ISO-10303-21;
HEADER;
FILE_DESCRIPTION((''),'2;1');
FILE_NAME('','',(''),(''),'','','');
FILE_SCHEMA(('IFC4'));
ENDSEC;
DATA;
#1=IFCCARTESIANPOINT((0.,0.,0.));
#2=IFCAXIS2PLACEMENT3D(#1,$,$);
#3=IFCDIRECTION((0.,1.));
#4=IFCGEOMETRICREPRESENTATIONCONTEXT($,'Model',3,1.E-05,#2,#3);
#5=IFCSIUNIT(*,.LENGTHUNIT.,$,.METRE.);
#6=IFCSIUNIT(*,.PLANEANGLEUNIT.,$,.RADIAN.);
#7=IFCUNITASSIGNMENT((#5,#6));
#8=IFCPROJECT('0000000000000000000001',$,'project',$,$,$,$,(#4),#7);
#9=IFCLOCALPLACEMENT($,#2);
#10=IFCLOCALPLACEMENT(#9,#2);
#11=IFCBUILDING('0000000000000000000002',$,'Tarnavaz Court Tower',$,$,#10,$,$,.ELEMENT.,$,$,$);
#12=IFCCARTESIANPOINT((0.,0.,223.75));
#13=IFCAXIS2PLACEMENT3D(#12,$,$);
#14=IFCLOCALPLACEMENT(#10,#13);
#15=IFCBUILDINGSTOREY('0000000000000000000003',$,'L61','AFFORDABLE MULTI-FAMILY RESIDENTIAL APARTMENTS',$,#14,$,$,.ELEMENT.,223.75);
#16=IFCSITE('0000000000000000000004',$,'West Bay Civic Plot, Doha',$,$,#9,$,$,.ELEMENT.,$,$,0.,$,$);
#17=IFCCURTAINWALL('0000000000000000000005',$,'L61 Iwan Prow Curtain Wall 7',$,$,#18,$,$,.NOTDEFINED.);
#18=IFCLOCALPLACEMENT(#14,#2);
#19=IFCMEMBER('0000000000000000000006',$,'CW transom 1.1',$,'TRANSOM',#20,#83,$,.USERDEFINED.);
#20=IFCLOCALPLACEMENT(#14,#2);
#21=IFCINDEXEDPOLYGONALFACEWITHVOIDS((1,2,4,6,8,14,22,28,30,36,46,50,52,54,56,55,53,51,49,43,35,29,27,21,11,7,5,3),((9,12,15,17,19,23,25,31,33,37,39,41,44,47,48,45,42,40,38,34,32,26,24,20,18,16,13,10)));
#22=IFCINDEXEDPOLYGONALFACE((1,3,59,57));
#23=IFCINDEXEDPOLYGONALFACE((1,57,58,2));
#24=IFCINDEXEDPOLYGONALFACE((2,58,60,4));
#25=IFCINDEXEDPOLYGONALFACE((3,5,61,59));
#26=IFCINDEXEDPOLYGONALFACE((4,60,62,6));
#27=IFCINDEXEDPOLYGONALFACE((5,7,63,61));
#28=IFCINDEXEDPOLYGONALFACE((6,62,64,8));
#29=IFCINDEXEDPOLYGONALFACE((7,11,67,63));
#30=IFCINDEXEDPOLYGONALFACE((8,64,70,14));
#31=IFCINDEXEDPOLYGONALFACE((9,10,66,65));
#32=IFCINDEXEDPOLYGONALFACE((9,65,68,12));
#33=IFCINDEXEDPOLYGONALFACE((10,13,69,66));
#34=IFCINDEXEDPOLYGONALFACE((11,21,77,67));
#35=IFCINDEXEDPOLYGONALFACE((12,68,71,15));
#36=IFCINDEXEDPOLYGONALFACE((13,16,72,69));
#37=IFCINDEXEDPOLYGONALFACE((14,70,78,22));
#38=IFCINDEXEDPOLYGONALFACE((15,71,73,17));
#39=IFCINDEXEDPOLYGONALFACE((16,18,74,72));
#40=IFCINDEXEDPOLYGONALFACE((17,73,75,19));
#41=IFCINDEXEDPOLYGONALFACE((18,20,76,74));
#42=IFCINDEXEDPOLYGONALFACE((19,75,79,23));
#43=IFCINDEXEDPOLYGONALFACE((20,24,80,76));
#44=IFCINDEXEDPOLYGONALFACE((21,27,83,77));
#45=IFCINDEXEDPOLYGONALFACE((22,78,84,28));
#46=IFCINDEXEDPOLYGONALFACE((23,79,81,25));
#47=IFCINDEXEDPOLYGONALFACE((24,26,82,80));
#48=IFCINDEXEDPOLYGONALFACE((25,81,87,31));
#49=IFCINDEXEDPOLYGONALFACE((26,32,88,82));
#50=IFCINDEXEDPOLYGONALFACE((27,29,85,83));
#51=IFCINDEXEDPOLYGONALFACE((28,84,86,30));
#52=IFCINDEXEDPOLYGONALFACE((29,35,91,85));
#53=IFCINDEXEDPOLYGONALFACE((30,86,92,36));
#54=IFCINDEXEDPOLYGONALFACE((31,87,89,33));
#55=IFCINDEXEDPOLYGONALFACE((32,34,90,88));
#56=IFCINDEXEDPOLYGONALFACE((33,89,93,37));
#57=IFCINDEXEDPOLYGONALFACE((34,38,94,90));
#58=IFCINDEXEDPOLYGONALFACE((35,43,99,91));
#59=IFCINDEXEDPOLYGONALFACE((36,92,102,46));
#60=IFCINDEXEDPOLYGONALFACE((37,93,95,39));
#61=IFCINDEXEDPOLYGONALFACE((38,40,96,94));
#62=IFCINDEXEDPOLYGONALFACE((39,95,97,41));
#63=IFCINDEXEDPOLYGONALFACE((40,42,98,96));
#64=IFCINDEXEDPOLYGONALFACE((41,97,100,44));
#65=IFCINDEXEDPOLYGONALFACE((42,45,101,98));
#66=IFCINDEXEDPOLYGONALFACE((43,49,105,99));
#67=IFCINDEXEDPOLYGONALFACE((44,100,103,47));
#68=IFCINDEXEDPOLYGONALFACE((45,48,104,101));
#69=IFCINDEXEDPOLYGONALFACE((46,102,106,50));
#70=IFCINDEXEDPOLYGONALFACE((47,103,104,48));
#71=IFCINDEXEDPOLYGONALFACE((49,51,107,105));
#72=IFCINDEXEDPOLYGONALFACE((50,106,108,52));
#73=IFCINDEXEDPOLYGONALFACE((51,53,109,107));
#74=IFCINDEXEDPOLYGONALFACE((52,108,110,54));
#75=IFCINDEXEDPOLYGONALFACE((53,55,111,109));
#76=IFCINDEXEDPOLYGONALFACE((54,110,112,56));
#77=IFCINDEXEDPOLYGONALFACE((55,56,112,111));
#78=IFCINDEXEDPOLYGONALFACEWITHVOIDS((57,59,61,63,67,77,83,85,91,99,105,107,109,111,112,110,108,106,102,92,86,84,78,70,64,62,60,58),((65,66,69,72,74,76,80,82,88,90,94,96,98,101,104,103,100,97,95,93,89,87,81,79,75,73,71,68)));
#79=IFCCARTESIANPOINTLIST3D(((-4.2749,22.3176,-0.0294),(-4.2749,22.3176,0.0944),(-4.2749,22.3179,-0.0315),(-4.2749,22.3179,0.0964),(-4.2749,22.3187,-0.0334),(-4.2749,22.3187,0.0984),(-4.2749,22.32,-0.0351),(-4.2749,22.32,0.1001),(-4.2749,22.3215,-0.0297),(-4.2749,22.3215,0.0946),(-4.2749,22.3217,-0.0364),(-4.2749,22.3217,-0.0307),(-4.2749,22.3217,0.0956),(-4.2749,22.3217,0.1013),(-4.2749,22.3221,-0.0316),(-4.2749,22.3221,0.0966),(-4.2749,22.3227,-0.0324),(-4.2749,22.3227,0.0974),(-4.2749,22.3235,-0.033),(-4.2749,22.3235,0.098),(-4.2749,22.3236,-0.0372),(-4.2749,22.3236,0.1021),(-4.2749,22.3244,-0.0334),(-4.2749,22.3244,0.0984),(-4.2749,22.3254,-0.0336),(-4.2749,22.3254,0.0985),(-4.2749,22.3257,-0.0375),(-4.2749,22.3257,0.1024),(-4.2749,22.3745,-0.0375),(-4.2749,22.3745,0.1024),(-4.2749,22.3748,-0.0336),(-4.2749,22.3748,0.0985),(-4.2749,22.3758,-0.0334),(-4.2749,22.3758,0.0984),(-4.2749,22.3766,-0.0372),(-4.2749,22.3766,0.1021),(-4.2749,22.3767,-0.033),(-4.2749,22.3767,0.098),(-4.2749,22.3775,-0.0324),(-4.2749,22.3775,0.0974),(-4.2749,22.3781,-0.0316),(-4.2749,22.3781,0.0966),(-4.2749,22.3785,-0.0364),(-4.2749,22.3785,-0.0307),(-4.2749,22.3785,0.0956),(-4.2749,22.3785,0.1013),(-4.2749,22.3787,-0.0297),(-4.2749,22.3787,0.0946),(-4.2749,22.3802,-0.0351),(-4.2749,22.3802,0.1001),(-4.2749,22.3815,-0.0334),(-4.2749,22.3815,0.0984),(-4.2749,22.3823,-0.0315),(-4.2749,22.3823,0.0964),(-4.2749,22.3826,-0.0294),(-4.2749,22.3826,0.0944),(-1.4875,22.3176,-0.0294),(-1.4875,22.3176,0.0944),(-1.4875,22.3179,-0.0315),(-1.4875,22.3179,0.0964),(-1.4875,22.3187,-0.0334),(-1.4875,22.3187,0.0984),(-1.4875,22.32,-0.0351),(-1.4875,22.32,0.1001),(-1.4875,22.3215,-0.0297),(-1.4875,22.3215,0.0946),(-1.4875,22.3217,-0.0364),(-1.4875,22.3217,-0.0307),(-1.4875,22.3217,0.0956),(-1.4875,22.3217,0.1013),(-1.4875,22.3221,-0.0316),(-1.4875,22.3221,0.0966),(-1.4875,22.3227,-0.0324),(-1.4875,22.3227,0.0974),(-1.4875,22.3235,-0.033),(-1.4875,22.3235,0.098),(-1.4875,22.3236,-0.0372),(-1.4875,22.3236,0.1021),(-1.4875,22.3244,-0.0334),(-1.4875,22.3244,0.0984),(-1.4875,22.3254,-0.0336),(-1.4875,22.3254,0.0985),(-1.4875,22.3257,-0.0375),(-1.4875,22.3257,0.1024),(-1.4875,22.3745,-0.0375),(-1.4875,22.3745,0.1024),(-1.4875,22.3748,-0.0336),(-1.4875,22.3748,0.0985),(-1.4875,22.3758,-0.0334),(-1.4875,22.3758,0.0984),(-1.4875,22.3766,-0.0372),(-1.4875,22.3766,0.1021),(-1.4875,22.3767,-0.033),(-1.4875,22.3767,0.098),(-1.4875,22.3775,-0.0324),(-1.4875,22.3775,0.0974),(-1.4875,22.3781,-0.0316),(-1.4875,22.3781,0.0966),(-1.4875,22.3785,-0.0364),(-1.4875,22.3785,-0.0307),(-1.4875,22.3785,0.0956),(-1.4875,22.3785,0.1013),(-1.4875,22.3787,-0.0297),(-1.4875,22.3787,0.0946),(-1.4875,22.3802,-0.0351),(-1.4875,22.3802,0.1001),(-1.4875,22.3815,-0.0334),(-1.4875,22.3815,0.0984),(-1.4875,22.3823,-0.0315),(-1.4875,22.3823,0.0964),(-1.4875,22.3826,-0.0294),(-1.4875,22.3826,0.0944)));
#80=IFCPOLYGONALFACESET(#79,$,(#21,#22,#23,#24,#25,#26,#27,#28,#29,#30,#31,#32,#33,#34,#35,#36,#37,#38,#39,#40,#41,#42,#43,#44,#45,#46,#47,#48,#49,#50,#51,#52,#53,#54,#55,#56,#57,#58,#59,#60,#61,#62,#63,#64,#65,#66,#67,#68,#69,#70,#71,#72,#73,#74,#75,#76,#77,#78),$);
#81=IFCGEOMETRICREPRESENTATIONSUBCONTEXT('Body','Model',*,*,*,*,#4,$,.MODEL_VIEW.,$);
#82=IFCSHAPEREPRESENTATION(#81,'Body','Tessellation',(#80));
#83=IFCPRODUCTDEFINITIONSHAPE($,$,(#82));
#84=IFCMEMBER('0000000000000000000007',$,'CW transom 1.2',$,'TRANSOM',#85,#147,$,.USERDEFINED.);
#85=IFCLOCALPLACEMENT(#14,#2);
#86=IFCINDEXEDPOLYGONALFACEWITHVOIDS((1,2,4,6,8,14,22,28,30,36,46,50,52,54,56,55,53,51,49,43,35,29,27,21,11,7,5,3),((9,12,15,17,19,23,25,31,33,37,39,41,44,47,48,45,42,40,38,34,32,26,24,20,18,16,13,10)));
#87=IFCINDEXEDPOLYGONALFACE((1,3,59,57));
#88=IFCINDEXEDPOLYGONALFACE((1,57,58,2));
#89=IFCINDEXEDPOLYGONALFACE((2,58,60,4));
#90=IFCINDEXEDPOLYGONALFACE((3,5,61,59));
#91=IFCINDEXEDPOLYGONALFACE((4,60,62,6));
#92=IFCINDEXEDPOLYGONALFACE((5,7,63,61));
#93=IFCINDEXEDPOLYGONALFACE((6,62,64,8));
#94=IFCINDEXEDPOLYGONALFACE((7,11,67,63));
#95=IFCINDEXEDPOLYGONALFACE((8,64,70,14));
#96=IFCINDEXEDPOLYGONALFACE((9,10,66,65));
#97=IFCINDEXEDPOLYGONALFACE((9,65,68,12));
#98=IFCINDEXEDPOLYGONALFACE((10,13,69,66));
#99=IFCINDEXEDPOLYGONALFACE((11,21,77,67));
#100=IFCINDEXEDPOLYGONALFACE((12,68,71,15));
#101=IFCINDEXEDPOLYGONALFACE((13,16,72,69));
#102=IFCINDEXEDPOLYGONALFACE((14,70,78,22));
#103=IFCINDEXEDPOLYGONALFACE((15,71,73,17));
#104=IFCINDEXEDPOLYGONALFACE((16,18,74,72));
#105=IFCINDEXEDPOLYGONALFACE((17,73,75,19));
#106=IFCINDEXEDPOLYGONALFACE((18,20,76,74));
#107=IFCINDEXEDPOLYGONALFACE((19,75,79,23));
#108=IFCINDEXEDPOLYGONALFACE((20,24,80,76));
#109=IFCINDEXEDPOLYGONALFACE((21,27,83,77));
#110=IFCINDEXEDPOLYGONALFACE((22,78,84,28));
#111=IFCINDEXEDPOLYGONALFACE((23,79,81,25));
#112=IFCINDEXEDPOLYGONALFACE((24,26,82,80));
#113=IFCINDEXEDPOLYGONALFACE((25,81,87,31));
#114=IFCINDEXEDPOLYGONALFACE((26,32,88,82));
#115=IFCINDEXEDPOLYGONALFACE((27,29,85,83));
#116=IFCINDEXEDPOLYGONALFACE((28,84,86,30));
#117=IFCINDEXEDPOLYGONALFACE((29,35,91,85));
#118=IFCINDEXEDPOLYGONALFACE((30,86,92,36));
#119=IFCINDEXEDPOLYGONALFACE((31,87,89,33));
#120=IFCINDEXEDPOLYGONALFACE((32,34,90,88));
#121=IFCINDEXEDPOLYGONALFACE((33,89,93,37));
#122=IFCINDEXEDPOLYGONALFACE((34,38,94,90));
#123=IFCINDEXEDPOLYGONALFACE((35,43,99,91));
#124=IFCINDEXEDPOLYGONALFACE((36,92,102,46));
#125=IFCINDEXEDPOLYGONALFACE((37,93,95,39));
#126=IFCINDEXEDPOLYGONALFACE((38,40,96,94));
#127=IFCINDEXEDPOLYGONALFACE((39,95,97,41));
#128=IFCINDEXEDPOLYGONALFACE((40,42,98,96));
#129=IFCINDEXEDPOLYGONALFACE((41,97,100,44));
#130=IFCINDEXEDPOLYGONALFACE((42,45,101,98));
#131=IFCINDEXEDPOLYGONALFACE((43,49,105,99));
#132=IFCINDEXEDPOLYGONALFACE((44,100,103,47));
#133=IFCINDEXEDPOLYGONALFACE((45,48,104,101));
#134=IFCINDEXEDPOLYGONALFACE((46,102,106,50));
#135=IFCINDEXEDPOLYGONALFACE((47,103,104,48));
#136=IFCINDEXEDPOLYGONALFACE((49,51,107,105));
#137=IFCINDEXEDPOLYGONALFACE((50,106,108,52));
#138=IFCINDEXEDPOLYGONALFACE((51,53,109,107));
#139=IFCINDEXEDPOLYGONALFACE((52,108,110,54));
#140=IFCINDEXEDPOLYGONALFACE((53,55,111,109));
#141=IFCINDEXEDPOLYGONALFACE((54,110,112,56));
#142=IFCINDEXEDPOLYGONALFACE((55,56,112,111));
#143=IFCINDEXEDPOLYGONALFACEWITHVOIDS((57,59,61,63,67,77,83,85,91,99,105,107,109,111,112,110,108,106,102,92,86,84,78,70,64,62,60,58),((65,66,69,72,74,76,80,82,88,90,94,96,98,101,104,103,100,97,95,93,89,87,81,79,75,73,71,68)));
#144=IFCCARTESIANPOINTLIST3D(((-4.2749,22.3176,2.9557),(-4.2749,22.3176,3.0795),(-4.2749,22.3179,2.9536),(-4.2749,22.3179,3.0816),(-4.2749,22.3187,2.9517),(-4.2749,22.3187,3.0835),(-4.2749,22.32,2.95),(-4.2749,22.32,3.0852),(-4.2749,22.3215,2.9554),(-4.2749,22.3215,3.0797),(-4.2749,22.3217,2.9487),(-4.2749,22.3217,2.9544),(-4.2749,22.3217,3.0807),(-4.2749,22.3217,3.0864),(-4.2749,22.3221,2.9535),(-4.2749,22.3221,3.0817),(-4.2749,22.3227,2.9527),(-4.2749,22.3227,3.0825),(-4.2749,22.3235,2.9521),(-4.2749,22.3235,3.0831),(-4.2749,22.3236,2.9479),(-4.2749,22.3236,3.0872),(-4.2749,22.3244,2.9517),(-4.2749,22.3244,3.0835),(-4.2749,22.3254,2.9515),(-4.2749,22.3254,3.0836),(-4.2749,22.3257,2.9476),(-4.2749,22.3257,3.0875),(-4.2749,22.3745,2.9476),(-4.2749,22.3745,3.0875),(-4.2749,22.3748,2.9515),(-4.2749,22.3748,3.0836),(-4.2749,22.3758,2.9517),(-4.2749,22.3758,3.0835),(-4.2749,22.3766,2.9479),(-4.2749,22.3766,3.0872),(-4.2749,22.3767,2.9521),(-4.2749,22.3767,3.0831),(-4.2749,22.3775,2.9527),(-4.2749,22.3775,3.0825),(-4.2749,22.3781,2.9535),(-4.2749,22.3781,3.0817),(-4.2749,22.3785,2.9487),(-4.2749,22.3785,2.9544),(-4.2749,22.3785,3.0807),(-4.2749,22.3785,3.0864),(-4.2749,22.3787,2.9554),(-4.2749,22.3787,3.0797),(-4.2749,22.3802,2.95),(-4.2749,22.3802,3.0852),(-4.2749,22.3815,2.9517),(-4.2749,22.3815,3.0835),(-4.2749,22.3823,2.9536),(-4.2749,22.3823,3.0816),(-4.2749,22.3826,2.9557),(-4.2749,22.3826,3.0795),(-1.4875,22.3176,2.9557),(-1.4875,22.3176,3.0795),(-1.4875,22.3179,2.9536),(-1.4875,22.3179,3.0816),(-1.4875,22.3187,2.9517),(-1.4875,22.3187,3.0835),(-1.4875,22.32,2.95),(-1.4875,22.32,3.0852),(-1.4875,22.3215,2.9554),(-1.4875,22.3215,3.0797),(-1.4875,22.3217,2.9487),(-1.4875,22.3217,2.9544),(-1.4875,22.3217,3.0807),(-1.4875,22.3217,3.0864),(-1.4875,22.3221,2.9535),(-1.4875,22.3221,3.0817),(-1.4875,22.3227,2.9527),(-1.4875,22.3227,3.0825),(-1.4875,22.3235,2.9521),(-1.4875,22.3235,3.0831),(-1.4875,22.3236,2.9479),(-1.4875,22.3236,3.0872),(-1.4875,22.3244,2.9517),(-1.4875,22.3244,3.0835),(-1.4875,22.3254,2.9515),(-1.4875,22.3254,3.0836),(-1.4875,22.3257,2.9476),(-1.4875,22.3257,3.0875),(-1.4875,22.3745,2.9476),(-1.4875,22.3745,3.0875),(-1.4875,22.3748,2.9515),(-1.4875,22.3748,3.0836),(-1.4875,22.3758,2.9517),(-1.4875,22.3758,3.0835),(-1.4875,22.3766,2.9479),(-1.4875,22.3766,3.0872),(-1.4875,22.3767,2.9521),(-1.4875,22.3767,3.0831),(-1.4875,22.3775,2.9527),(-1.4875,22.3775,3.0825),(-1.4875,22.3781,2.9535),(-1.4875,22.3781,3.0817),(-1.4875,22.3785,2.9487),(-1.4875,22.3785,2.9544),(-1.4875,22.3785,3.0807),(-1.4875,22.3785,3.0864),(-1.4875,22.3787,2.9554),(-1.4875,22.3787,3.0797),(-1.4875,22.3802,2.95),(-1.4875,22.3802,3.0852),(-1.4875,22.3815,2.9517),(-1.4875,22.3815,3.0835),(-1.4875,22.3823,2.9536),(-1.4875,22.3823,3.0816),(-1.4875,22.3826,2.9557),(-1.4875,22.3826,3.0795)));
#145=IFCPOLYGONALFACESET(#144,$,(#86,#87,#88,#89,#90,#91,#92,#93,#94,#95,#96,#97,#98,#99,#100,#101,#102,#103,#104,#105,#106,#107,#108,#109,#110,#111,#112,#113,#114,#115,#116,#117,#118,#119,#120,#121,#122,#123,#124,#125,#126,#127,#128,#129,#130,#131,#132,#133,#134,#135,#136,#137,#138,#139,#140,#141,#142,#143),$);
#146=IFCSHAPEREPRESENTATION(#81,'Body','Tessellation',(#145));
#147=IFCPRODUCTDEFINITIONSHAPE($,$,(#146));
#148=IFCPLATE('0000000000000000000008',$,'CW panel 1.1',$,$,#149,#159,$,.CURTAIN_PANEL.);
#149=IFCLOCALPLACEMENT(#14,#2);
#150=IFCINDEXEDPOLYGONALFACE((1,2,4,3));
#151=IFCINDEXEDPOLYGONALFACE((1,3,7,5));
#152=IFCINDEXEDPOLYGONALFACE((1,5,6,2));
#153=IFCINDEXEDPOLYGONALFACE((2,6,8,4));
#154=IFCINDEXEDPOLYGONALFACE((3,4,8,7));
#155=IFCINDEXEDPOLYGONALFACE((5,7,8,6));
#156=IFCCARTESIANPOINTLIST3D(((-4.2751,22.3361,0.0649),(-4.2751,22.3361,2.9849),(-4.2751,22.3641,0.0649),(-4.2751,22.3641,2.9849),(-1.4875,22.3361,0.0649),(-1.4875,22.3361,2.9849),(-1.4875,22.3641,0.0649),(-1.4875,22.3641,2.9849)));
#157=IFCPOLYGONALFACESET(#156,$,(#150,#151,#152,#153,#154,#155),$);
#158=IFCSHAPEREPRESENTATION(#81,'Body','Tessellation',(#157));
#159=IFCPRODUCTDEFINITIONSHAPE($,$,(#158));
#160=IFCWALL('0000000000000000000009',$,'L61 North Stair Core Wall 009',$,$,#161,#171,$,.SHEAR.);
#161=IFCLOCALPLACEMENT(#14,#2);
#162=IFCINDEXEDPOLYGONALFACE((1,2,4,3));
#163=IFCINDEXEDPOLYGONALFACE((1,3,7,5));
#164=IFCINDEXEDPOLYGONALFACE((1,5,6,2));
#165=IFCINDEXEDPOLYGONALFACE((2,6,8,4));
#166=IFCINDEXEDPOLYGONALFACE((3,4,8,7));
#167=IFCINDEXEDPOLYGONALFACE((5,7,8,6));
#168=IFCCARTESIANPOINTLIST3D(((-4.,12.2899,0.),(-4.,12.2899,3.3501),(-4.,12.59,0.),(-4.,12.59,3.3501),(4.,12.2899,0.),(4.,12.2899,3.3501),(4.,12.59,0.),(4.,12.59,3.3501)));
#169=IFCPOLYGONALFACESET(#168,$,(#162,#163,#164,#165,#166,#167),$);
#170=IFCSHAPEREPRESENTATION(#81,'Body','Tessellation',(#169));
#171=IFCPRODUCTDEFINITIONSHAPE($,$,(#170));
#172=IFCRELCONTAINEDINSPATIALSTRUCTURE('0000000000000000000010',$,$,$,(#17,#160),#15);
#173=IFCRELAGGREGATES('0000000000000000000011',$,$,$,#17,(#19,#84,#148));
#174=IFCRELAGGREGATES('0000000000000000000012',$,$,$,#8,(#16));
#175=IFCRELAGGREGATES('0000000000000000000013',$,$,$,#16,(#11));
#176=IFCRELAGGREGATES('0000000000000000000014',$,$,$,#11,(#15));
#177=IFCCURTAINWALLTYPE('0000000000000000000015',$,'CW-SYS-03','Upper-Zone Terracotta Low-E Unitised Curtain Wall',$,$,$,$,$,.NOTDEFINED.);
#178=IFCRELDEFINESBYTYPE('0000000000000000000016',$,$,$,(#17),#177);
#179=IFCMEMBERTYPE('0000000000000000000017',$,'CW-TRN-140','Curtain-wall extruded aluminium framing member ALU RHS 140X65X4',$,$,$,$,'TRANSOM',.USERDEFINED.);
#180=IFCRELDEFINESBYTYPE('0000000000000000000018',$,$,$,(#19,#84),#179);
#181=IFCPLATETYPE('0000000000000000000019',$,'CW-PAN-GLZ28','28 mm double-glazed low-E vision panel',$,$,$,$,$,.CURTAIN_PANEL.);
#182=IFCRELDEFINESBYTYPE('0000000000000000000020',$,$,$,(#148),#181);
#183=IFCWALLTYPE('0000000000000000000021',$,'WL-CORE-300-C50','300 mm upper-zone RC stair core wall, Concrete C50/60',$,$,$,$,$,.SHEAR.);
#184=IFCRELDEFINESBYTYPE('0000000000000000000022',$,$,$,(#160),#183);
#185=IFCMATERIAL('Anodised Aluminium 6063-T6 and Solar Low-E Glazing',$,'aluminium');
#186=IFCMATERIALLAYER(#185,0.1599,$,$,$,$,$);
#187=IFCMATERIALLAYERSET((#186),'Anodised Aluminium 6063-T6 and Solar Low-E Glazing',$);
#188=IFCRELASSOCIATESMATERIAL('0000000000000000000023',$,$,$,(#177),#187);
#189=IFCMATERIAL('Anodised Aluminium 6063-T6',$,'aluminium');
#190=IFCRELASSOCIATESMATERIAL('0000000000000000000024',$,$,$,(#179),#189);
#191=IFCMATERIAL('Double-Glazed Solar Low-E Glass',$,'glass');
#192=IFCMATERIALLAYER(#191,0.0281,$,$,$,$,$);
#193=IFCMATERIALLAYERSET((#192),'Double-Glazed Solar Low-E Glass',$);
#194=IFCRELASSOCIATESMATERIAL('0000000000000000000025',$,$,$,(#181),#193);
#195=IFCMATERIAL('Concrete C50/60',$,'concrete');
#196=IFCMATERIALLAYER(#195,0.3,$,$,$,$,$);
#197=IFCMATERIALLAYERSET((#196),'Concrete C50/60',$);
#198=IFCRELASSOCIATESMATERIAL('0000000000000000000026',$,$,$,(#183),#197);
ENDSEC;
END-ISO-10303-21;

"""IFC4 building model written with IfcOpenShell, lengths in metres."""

from ifc_helpers import new_model, si_unit, direction, frame, frame_2d, origin, origin_2d, place, context, subcontext, project, spatial, rectangle, hollow_rectangle, extrude, material, layer, layer_set, material_profile, profile_set, type_object, element, aggregate, save


model = new_model("IFC4")

# Units and contexts
model_context = context("Model", 3, precision=1e-05, world=origin(), true_north=direction((0.0, 1.0)))
body_context = subcontext(model_context, "Body", "Model", "MODEL_VIEW")
ifc_project = project(units=[si_unit("LENGTHUNIT", "METRE"), si_unit("PLANEANGLEUNIT", "RADIAN")], contexts=[model_context])

# Site, building, storey
site_placement = place(None, origin())
site = spatial("IfcSite", under=ifc_project, at=site_placement, Name="West Bay Civic Plot, Doha", CompositionType="ELEMENT", RefElevation=0.0)
building_placement = place(site_placement, origin())
building = spatial("IfcBuilding", under=site, at=building_placement, Name="Tarnavaz Court Tower", CompositionType="ELEMENT")
storey_placement = place(building_placement, frame((0.0, 0.0, 223.75)))
storey = spatial("IfcBuildingStorey", under=building, at=storey_placement, Name="L61", Description="AFFORDABLE MULTI-FAMILY RESIDENTIAL APARTMENTS", CompositionType="ELEMENT", Elevation=223.75)

# Shared definitions
ifc_material_1 = material(Name="Concrete C50/60", Category="concrete")

# Curtain wall, members, plate
ifc_material_2 = material(Name="Anodised Aluminium 6063-T6 and Solar Low-E Glazing", Category="aluminium")
ifc_layer_1 = layer(ifc_material_2, 0.1599)
ifc_layer_set_1 = layer_set([ifc_layer_1], Name="Anodised Aluminium 6063-T6 and Solar Low-E Glazing")
curtain_wall_type = type_object("IfcCurtainWallType", Name="CW-SYS-03", Description="Upper-Zone Terracotta Low-E Unitised Curtain Wall", PredefinedType="NOTDEFINED", material=ifc_layer_set_1)
curtain_wall_placement = place(storey_placement, origin())
curtain_wall = element("IfcCurtainWall", 1, at=curtain_wall_placement, inside=storey, type_object=curtain_wall_type, Name="L61 Iwan Prow Curtain Wall 7", PredefinedType="NOTDEFINED")
ifc_material_3 = material(Name="Anodised Aluminium 6063-T6", Category="aluminium")
ifc_material_profile_1 = material_profile(ifc_material_3, hollow_rectangle(XDim=0.0649, YDim=0.1399, WallThickness=0.0039, InnerFilletRadius=0.0039, OuterFilletRadius=0.0081, at=origin_2d()), Name="ALU RHS 140X65X4")
ifc_profile_set_1 = profile_set([ifc_material_profile_1], Name="Anodised Aluminium 6063-T6")
member_type_1 = type_object("IfcMemberType", Name="CW-TRN-140", Description="Curtain-wall extruded aluminium framing member ALU RHS 140X65X4", ElementType="TRANSOM", PredefinedType="USERDEFINED", material=ifc_profile_set_1)
member_1_placement = place(storey_placement, frame((-4.2749, 22.3501, 0.0325), z_axis=(1.0, 0.0, 0.0), x_axis=(0.0, 1.0, 0.0)))
member_1 = element("IfcMember", 2, at=member_1_placement, type_object=member_type_1, Name="CW transom 1.1", ObjectType="TRANSOM", PredefinedType="USERDEFINED", context=body_context, shape_type="SweptSolid", body=[
    extrude(hollow_rectangle(XDim=0.0649, YDim=0.1399, WallThickness=0.0039, InnerFilletRadius=0.0039, OuterFilletRadius=0.0081, at=origin_2d()), origin(), (0.0, 0.0, 1.0), 2.7874),
])
member_2_placement = place(storey_placement, frame((-4.2749, 22.3501, 3.0176), z_axis=(1.0, 0.0, 0.0), x_axis=(0.0, 1.0, 0.0)))
member_2 = element("IfcMember", 3, at=member_2_placement, type_object=member_type_1, Name="CW transom 1.2", ObjectType="TRANSOM", PredefinedType="USERDEFINED", context=body_context, shape_type="SweptSolid", body=[
    extrude(hollow_rectangle(XDim=0.0649, YDim=0.1399, WallThickness=0.0039, InnerFilletRadius=0.0039, OuterFilletRadius=0.0081, at=origin_2d()), origin(), (0.0, 0.0, 1.0), 2.7874),
])
ifc_material_4 = material(Name="Double-Glazed Solar Low-E Glass", Category="glass")
ifc_layer_2 = layer(ifc_material_4, 0.0281)
ifc_layer_set_2 = layer_set([ifc_layer_2], Name="Double-Glazed Solar Low-E Glass")
plate_type = type_object("IfcPlateType", Name="CW-PAN-GLZ28", Description="28 mm double-glazed low-E vision panel", PredefinedType="CURTAIN_PANEL", material=ifc_layer_set_2)
plate_placement = place(storey_placement, frame((-2.8813, 22.3501, 0.0649), z_axis=(0.0, 0.0, 1.0), x_axis=(1.0, 0.0, 0.0)))
plate = element("IfcPlate", 4, at=plate_placement, type_object=plate_type, Name="CW panel 1.1", PredefinedType="CURTAIN_PANEL", context=body_context, shape_type="SweptSolid", body=[
    extrude(rectangle(XDim=2.7876, YDim=0.0281, at=origin_2d()), origin(), (0.0, 0.0, 1.0), 2.9199),
])
aggregate(curtain_wall, [member_1, member_2, plate])

# Wall
ifc_layer_3 = layer(ifc_material_1, 0.3)
ifc_layer_set_3 = layer_set([ifc_layer_3], Name="Concrete C50/60")
wall_type_1 = type_object("IfcWallType", Name="WL-CORE-300-C50", Description="300 mm upper-zone RC stair core wall, Concrete C50/60", PredefinedType="SHEAR", material=ifc_layer_set_3)
wall_1_placement = place(storey_placement, frame((-4.0, 12.4399, 0.0), z_axis=(0.0, 0.0, 1.0), x_axis=(1.0, 0.0, 0.0)))
element("IfcWall", 5, at=wall_1_placement, inside=storey, type_object=wall_type_1, Name="L61 North Stair Core Wall 009", PredefinedType="SHEAR", context=body_context, shape_type="SweptSolid", body=[
    extrude(rectangle(XDim=8.0, YDim=0.3, at=frame_2d((4.0, 0.0))), origin(), (0.0, 0.0, 1.0), 3.3501),
])

save(model, "model.ifc")
